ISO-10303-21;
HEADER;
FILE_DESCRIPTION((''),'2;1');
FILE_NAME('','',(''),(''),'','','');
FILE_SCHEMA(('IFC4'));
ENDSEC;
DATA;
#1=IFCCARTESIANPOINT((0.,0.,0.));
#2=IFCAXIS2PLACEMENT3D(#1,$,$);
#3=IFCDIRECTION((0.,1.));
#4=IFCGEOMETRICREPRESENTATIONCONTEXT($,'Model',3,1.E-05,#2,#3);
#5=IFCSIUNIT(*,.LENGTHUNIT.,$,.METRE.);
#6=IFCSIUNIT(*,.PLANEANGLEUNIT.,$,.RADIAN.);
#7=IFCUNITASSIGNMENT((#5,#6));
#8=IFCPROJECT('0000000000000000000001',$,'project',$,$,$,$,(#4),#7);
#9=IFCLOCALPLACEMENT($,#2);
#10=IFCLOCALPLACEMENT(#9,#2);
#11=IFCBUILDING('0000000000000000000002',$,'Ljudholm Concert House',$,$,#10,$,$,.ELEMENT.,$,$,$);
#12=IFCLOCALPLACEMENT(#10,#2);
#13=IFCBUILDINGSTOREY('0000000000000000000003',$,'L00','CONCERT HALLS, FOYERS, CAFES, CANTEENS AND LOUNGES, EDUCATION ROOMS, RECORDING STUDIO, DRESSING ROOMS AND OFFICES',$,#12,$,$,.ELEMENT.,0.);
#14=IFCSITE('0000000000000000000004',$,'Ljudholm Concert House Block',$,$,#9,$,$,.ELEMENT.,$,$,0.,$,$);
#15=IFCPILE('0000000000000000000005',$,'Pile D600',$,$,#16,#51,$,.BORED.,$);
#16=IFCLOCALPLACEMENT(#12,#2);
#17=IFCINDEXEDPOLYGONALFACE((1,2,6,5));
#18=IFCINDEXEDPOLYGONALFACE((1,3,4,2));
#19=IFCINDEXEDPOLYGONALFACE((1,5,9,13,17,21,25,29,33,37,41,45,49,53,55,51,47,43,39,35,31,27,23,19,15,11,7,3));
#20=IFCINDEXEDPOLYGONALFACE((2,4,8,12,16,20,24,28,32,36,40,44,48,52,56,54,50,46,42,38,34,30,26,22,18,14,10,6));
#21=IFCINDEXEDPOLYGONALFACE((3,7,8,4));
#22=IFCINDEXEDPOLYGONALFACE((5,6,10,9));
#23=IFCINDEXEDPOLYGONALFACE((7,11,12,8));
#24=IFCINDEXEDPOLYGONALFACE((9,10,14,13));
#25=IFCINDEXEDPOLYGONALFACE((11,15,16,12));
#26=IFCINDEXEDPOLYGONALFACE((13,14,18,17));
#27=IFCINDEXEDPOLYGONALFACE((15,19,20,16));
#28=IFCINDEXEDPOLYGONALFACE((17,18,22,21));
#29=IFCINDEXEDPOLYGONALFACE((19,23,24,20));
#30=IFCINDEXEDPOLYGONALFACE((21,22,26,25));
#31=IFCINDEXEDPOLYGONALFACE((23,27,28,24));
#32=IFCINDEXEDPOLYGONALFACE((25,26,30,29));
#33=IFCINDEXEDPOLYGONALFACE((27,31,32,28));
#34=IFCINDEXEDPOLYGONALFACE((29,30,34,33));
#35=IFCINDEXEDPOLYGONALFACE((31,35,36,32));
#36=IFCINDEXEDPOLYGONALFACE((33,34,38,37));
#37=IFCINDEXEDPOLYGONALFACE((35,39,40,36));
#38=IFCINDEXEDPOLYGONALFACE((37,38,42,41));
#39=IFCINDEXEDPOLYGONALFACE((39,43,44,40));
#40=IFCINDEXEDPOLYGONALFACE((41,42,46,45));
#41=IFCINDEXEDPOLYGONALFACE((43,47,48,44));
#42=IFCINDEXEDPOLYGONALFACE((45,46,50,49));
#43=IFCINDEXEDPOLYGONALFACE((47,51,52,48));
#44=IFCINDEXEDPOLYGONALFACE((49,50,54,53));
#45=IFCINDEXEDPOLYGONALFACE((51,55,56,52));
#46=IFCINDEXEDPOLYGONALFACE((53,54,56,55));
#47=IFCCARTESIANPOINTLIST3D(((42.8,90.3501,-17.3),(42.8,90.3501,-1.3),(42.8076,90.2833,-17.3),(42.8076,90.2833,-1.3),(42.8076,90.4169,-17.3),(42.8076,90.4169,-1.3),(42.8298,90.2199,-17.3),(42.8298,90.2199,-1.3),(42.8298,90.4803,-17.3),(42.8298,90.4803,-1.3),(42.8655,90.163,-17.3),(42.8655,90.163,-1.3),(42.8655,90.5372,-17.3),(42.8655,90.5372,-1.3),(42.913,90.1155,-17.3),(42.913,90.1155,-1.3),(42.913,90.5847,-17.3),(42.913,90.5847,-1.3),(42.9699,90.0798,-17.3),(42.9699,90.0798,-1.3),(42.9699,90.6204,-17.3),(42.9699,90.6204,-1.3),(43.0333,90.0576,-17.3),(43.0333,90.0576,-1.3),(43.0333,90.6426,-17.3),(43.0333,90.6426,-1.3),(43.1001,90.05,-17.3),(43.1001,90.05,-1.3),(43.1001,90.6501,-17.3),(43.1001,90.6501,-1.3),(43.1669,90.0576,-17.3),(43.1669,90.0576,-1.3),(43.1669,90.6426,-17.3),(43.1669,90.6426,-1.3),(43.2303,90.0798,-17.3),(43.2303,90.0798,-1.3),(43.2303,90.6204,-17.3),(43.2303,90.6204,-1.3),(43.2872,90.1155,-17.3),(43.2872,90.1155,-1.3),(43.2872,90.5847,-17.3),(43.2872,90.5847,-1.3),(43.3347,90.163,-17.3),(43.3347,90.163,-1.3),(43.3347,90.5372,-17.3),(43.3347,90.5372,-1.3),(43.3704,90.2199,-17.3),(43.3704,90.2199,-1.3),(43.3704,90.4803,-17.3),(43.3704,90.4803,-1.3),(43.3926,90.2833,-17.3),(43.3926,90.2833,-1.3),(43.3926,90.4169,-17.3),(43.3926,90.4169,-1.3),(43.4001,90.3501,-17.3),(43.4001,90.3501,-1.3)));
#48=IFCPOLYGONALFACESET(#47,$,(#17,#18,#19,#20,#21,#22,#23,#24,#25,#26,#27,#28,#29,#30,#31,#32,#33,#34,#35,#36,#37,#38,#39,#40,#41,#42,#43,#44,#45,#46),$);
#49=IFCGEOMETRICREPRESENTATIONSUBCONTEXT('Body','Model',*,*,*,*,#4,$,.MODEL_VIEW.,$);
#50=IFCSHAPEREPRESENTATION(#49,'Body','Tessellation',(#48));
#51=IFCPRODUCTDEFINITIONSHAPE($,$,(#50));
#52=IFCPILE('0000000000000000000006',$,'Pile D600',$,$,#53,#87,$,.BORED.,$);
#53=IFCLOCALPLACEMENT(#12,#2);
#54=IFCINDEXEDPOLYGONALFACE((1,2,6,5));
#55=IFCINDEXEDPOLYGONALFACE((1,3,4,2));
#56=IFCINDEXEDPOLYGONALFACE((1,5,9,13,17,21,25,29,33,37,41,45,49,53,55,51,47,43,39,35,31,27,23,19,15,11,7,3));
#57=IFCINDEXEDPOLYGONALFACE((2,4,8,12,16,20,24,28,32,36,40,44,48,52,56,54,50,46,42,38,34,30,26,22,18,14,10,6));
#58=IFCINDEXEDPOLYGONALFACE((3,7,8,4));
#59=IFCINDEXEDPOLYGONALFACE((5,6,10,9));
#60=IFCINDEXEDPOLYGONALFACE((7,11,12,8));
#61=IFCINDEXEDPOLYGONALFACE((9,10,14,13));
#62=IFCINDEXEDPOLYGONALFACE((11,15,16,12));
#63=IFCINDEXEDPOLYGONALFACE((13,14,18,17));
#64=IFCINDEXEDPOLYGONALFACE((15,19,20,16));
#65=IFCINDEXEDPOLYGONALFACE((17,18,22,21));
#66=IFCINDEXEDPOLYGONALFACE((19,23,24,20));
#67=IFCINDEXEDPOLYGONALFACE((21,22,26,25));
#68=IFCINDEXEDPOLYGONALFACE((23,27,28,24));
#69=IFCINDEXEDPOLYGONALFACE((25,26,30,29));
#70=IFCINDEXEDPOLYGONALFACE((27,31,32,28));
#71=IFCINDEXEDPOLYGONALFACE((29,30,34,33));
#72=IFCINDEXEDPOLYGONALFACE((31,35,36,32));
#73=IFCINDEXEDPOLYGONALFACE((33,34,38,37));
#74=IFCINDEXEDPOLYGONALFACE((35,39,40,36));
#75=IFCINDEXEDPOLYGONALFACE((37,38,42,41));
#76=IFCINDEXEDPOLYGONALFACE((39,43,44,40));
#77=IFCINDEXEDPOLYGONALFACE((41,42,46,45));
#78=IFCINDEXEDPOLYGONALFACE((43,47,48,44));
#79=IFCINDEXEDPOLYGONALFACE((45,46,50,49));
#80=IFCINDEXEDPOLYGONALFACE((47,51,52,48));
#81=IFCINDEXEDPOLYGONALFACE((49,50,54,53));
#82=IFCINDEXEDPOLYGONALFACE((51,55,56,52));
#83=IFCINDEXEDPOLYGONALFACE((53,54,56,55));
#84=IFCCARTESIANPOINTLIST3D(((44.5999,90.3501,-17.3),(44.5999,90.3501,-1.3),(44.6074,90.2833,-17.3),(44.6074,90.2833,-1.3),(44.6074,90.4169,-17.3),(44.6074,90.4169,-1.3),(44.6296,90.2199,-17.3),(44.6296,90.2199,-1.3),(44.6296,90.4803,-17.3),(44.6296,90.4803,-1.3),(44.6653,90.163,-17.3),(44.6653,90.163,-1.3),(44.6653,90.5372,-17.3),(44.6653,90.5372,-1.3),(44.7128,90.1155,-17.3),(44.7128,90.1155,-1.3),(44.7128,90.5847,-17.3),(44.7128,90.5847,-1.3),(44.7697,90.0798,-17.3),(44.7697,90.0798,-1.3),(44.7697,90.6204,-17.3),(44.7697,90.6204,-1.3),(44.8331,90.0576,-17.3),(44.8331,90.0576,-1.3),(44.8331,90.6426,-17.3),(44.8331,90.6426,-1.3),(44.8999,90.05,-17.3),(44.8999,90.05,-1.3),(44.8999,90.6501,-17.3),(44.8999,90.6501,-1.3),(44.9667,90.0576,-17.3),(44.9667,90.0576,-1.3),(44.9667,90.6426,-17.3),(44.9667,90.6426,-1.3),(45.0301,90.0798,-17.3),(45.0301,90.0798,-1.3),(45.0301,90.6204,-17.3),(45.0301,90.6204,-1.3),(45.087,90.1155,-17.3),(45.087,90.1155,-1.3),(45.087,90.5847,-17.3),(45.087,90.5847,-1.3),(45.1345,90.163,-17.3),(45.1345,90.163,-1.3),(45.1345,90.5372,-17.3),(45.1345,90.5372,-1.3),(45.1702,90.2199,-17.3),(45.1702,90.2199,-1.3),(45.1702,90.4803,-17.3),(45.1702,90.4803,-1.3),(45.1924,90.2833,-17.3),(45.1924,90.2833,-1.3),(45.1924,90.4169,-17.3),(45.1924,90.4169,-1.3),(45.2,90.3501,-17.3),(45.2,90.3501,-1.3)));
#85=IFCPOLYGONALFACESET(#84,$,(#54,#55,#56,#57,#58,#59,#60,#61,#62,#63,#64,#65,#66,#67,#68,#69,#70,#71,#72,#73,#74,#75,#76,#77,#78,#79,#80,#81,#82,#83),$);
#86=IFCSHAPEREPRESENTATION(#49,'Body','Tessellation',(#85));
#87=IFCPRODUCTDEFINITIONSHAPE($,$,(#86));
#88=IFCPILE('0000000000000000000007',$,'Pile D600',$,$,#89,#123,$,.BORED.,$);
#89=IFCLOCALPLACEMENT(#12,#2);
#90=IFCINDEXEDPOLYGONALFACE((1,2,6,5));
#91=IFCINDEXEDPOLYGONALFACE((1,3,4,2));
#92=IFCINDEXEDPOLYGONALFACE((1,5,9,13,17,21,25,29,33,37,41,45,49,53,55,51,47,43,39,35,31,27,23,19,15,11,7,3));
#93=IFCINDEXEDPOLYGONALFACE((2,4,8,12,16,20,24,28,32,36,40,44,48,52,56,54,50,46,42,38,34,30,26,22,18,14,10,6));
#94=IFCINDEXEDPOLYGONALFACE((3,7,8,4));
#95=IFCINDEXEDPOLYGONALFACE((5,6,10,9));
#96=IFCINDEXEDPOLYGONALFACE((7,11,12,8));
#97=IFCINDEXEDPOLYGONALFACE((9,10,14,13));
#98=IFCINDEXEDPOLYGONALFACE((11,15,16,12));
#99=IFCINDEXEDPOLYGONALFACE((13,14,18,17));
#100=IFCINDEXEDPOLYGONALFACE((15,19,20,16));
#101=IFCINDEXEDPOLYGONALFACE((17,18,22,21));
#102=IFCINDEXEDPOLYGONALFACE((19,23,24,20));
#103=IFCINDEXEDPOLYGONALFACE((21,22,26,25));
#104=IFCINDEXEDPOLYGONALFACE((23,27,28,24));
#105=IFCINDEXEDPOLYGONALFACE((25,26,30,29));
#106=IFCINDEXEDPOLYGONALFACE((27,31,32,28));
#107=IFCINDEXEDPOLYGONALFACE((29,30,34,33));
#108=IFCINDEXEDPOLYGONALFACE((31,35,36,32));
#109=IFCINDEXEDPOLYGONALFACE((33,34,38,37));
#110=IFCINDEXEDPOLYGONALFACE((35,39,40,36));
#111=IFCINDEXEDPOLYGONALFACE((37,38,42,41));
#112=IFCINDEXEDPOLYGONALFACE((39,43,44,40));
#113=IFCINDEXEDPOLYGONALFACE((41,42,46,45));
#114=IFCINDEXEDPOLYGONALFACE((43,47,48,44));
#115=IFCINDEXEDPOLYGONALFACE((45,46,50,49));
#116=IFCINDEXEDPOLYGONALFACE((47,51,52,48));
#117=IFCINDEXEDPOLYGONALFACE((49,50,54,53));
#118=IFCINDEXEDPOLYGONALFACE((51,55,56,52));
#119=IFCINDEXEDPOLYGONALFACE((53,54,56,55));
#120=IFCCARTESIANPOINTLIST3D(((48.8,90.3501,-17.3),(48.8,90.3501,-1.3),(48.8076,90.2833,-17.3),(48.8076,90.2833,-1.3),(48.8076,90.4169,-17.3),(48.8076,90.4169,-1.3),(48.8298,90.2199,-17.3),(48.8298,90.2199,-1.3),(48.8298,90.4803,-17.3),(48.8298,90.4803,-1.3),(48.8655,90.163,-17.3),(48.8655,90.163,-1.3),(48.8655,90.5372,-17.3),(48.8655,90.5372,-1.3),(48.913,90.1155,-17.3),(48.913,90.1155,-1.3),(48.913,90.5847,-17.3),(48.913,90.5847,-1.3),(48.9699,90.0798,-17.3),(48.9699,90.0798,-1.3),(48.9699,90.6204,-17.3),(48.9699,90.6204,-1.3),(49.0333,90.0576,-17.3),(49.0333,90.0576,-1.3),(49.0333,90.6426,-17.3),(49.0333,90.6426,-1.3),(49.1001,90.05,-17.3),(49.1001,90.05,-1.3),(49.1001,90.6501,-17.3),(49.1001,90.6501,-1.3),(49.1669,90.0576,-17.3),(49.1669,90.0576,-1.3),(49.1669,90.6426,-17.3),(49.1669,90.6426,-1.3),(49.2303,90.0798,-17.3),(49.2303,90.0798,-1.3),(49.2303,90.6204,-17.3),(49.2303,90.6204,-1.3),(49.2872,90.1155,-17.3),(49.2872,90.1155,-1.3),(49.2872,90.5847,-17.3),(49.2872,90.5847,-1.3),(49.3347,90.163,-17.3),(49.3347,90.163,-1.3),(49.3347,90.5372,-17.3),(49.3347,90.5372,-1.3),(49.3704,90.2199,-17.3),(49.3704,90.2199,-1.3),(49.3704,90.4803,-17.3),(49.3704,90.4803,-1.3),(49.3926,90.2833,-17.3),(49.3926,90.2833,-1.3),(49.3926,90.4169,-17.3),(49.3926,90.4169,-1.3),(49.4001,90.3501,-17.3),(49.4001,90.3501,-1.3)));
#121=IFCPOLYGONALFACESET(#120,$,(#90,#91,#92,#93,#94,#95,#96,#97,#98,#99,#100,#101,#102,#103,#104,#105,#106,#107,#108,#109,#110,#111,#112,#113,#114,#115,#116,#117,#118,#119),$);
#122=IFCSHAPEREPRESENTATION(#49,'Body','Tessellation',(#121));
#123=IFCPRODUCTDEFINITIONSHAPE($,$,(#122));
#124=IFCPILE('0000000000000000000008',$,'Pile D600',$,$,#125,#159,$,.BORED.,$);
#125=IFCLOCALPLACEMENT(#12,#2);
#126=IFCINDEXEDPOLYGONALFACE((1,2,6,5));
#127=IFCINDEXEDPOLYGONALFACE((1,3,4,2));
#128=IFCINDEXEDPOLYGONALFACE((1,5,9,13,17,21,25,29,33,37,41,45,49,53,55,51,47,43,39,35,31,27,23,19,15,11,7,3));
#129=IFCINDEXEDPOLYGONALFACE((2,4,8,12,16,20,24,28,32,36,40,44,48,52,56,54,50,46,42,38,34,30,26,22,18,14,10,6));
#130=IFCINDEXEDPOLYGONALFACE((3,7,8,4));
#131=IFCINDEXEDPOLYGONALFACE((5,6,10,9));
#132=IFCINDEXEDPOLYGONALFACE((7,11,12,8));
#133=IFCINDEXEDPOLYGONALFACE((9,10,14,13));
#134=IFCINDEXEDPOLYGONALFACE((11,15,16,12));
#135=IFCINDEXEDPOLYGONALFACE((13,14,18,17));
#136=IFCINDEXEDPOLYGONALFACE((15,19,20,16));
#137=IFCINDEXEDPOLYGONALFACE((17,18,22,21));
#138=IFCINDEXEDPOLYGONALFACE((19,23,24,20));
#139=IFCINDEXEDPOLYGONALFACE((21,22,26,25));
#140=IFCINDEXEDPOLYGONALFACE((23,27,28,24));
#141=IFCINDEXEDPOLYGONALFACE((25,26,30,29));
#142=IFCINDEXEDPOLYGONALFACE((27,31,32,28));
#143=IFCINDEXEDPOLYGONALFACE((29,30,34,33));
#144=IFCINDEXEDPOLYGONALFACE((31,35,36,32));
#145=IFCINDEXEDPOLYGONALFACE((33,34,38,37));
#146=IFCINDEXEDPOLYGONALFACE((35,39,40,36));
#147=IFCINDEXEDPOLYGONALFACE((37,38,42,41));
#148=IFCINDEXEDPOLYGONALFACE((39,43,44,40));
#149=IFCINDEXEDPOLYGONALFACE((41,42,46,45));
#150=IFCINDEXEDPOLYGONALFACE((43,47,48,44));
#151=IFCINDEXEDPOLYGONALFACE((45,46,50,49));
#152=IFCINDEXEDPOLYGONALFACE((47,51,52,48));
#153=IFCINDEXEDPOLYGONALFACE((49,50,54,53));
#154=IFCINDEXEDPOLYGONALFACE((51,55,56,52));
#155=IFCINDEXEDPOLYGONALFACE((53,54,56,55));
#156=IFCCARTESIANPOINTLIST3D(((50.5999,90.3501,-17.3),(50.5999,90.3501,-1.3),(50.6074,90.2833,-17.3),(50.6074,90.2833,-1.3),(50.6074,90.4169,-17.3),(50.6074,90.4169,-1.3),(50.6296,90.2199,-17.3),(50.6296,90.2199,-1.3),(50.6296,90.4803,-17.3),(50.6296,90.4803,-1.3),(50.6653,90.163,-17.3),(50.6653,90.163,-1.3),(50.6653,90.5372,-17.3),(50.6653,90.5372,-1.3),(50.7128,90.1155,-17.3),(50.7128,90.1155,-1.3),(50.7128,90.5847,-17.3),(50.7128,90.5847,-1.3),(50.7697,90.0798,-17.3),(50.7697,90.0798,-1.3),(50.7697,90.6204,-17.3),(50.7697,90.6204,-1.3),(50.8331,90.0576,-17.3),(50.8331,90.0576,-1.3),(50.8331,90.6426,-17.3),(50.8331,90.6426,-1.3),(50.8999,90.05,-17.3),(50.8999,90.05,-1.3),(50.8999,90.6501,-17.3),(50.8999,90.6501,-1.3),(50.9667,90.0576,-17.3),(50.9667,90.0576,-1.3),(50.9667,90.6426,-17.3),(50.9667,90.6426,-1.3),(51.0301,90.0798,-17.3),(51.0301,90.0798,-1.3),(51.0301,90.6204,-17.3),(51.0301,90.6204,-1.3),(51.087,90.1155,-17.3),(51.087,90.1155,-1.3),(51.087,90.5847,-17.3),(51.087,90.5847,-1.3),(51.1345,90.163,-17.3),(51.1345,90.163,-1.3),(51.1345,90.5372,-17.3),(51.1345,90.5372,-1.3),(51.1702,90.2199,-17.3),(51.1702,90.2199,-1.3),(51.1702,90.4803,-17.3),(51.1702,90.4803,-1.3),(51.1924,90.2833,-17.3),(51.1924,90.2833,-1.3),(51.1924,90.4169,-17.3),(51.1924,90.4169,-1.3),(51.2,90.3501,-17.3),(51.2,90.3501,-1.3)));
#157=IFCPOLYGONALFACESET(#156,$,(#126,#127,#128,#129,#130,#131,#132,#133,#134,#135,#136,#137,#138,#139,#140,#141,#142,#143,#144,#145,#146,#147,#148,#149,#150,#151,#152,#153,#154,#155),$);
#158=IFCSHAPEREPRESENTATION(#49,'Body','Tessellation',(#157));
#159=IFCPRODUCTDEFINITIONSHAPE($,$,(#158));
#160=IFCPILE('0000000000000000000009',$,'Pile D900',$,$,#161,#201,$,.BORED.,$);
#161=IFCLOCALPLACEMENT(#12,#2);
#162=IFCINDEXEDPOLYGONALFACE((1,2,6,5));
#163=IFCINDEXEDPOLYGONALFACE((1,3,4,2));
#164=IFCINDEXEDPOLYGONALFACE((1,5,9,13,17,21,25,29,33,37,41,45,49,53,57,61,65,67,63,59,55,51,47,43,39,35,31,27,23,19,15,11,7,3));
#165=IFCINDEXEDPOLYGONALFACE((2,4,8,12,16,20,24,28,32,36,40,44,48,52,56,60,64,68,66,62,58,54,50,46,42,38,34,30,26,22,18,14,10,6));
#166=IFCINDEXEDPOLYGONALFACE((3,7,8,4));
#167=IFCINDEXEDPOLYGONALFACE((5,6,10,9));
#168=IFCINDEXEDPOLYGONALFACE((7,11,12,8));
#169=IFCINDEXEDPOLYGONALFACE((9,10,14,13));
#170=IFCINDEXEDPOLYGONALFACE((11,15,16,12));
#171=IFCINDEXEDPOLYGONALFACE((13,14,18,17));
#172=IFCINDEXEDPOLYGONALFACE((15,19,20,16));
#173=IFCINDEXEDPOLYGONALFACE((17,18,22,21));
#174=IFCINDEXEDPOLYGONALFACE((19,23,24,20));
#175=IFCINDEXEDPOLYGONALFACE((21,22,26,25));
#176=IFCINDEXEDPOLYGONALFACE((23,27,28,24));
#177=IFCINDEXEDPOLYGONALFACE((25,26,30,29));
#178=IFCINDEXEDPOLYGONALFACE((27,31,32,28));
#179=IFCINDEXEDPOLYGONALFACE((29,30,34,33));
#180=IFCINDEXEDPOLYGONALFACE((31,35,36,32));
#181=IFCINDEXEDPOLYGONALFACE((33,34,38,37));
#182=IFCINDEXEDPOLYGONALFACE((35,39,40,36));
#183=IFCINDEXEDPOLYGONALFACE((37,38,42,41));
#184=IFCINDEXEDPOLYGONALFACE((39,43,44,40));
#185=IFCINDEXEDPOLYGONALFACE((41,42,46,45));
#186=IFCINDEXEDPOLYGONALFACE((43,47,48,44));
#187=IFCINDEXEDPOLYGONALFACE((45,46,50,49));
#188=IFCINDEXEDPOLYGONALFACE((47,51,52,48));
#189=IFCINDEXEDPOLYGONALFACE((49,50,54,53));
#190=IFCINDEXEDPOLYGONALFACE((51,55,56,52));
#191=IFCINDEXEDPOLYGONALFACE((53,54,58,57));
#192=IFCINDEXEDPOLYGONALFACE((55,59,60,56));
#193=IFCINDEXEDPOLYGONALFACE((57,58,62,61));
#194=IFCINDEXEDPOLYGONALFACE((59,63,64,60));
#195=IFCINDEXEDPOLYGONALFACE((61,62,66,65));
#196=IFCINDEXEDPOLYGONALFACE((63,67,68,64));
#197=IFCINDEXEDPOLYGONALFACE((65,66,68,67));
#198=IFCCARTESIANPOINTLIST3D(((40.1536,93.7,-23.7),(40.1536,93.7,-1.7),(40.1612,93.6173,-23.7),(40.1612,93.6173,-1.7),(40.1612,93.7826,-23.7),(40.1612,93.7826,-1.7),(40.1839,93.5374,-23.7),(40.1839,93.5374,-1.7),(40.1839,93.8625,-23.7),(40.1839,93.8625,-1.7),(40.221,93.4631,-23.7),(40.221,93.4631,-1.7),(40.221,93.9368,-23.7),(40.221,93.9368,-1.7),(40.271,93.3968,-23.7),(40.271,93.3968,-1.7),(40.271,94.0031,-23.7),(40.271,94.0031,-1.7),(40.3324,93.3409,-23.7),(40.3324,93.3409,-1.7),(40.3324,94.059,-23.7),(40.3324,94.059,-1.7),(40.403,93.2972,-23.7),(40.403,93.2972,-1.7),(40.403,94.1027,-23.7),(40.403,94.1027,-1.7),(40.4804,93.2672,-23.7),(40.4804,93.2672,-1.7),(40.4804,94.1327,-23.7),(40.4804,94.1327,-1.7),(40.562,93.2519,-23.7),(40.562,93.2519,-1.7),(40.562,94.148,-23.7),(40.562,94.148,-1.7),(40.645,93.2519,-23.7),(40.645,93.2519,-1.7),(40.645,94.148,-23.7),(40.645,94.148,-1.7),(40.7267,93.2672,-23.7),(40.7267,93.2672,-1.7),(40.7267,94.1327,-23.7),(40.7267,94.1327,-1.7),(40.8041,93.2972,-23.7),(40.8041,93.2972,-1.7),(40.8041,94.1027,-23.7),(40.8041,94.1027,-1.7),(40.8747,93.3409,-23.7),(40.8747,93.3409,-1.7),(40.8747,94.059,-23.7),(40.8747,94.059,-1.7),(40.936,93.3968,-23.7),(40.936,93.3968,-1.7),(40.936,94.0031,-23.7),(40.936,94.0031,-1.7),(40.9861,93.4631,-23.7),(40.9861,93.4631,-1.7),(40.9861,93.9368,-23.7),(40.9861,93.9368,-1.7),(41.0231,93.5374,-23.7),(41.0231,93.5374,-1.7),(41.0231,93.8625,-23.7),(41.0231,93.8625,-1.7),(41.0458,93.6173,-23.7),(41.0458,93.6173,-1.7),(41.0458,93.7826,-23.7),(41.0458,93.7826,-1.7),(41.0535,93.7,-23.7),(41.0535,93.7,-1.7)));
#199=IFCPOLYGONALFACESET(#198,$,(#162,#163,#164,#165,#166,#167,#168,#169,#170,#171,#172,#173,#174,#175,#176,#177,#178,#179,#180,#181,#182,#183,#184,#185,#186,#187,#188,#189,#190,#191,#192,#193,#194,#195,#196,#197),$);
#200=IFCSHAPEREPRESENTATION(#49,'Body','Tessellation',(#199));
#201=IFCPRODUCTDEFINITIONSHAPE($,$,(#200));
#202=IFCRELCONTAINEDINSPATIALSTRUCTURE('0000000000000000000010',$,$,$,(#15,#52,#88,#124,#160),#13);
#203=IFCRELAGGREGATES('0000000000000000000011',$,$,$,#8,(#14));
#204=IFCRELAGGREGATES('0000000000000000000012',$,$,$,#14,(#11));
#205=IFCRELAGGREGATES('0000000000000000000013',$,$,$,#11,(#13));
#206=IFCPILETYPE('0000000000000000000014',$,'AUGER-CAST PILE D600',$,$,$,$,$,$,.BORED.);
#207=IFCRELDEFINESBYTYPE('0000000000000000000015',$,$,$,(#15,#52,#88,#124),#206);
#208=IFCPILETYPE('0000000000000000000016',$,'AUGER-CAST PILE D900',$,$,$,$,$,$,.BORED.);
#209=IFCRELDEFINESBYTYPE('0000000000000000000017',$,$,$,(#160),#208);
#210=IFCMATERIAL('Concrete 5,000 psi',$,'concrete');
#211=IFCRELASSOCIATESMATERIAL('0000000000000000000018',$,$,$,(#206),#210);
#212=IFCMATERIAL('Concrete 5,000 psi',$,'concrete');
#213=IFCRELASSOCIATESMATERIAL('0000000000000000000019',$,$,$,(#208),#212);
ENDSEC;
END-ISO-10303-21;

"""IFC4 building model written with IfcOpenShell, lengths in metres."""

from ifc_helpers import new_model, si_unit, direction, frame, origin, origin_2d, place, context, subcontext, project, spatial, circle, extrude, material, material_profile, profile_set, type_object, element, save


model = new_model("IFC4")

# Units and contexts
model_context = context("Model", 3, precision=1e-05, world=origin(), true_north=direction((0.0, 1.0)))
body_context = subcontext(model_context, "Body", "Model", "MODEL_VIEW")
ifc_project = project(units=[si_unit("LENGTHUNIT", "METRE"), si_unit("PLANEANGLEUNIT", "RADIAN")], contexts=[model_context])

# Site, building, storey
site_placement = place(None, origin())
site = spatial("IfcSite", under=ifc_project, at=site_placement, Name="Ljudholm Concert House Block", CompositionType="ELEMENT", RefElevation=0.0)
building_placement = place(site_placement, origin())
building = spatial("IfcBuilding", under=site, at=building_placement, Name="Ljudholm Concert House", CompositionType="ELEMENT")
storey_placement = place(building_placement, origin())
storey = spatial("IfcBuildingStorey", under=building, at=storey_placement, Name="L00", Description="CONCERT HALLS, FOYERS, CAFES, CANTEENS AND LOUNGES, EDUCATION ROOMS, RECORDING STUDIO, DRESSING ROOMS AND OFFICES", CompositionType="ELEMENT", Elevation=0.0)

# Piles
ifc_material_1 = material(Name="Concrete 5,000 psi", Category="concrete")
ifc_material_profile_1 = material_profile(ifc_material_1, circle(Radius=0.3, at=origin_2d()), Name="AUGER-CAST PILE D600")
ifc_profile_set_1 = profile_set([ifc_material_profile_1], Name="Concrete 5,000 psi")
pile_type_1 = type_object("IfcPileType", Name="AUGER-CAST PILE D600", PredefinedType="BORED", material=ifc_profile_set_1)
for number, where, z_axis, x_axis, name in (
    (1, (43.1001, 90.3501, -1.3), (0.0, 0.0, -1.0), (1.0, 0.0, 0.0), "Pile D600"),
    (2, (44.8999, 90.3501, -1.3), (0.0, 0.0, -1.0), (1.0, 0.0, 0.0), "Pile D600"),
    (3, (49.1001, 90.3501, -1.3), (0.0, 0.0, -1.0), (1.0, 0.0, 0.0), "Pile D600"),
    (4, (50.8999, 90.3501, -1.3), (0.0, 0.0, -1.0), (1.0, 0.0, 0.0), "Pile D600"),
):
    element("IfcPile", number, at=place(storey_placement, frame(where, z_axis=z_axis, x_axis=x_axis)), inside=storey, type_object=pile_type_1, Name=name, PredefinedType="BORED", context=body_context, shape_type="SweptSolid", body=[
        extrude(circle(Radius=0.3, at=origin_2d()), origin(), (0.0, 0.0, 1.0), 16.0),
    ])
ifc_material_2 = material(Name="Concrete 5,000 psi", Category="concrete")
ifc_material_profile_2 = material_profile(ifc_material_2, circle(Radius=0.45, at=origin_2d()), Name="AUGER-CAST PILE D900")
ifc_profile_set_2 = profile_set([ifc_material_profile_2], Name="Concrete 5,000 psi")
pile_type_2 = type_object("IfcPileType", Name="AUGER-CAST PILE D900", PredefinedType="BORED", material=ifc_profile_set_2)
for number, where, z_axis, x_axis, name in (
    (5, (40.6035, 93.7, -1.7), (0.0, 0.0, -1.0), (1.0, 0.0, 0.0), "Pile D900"),
):
    element("IfcPile", number, at=place(storey_placement, frame(where, z_axis=z_axis, x_axis=x_axis)), inside=storey, type_object=pile_type_2, Name=name, PredefinedType="BORED", context=body_context, shape_type="SweptSolid", body=[
        extrude(circle(Radius=0.45, at=origin_2d()), origin(), (0.0, 0.0, 1.0), 22.0),
    ])

save(model, "model.ifc")
